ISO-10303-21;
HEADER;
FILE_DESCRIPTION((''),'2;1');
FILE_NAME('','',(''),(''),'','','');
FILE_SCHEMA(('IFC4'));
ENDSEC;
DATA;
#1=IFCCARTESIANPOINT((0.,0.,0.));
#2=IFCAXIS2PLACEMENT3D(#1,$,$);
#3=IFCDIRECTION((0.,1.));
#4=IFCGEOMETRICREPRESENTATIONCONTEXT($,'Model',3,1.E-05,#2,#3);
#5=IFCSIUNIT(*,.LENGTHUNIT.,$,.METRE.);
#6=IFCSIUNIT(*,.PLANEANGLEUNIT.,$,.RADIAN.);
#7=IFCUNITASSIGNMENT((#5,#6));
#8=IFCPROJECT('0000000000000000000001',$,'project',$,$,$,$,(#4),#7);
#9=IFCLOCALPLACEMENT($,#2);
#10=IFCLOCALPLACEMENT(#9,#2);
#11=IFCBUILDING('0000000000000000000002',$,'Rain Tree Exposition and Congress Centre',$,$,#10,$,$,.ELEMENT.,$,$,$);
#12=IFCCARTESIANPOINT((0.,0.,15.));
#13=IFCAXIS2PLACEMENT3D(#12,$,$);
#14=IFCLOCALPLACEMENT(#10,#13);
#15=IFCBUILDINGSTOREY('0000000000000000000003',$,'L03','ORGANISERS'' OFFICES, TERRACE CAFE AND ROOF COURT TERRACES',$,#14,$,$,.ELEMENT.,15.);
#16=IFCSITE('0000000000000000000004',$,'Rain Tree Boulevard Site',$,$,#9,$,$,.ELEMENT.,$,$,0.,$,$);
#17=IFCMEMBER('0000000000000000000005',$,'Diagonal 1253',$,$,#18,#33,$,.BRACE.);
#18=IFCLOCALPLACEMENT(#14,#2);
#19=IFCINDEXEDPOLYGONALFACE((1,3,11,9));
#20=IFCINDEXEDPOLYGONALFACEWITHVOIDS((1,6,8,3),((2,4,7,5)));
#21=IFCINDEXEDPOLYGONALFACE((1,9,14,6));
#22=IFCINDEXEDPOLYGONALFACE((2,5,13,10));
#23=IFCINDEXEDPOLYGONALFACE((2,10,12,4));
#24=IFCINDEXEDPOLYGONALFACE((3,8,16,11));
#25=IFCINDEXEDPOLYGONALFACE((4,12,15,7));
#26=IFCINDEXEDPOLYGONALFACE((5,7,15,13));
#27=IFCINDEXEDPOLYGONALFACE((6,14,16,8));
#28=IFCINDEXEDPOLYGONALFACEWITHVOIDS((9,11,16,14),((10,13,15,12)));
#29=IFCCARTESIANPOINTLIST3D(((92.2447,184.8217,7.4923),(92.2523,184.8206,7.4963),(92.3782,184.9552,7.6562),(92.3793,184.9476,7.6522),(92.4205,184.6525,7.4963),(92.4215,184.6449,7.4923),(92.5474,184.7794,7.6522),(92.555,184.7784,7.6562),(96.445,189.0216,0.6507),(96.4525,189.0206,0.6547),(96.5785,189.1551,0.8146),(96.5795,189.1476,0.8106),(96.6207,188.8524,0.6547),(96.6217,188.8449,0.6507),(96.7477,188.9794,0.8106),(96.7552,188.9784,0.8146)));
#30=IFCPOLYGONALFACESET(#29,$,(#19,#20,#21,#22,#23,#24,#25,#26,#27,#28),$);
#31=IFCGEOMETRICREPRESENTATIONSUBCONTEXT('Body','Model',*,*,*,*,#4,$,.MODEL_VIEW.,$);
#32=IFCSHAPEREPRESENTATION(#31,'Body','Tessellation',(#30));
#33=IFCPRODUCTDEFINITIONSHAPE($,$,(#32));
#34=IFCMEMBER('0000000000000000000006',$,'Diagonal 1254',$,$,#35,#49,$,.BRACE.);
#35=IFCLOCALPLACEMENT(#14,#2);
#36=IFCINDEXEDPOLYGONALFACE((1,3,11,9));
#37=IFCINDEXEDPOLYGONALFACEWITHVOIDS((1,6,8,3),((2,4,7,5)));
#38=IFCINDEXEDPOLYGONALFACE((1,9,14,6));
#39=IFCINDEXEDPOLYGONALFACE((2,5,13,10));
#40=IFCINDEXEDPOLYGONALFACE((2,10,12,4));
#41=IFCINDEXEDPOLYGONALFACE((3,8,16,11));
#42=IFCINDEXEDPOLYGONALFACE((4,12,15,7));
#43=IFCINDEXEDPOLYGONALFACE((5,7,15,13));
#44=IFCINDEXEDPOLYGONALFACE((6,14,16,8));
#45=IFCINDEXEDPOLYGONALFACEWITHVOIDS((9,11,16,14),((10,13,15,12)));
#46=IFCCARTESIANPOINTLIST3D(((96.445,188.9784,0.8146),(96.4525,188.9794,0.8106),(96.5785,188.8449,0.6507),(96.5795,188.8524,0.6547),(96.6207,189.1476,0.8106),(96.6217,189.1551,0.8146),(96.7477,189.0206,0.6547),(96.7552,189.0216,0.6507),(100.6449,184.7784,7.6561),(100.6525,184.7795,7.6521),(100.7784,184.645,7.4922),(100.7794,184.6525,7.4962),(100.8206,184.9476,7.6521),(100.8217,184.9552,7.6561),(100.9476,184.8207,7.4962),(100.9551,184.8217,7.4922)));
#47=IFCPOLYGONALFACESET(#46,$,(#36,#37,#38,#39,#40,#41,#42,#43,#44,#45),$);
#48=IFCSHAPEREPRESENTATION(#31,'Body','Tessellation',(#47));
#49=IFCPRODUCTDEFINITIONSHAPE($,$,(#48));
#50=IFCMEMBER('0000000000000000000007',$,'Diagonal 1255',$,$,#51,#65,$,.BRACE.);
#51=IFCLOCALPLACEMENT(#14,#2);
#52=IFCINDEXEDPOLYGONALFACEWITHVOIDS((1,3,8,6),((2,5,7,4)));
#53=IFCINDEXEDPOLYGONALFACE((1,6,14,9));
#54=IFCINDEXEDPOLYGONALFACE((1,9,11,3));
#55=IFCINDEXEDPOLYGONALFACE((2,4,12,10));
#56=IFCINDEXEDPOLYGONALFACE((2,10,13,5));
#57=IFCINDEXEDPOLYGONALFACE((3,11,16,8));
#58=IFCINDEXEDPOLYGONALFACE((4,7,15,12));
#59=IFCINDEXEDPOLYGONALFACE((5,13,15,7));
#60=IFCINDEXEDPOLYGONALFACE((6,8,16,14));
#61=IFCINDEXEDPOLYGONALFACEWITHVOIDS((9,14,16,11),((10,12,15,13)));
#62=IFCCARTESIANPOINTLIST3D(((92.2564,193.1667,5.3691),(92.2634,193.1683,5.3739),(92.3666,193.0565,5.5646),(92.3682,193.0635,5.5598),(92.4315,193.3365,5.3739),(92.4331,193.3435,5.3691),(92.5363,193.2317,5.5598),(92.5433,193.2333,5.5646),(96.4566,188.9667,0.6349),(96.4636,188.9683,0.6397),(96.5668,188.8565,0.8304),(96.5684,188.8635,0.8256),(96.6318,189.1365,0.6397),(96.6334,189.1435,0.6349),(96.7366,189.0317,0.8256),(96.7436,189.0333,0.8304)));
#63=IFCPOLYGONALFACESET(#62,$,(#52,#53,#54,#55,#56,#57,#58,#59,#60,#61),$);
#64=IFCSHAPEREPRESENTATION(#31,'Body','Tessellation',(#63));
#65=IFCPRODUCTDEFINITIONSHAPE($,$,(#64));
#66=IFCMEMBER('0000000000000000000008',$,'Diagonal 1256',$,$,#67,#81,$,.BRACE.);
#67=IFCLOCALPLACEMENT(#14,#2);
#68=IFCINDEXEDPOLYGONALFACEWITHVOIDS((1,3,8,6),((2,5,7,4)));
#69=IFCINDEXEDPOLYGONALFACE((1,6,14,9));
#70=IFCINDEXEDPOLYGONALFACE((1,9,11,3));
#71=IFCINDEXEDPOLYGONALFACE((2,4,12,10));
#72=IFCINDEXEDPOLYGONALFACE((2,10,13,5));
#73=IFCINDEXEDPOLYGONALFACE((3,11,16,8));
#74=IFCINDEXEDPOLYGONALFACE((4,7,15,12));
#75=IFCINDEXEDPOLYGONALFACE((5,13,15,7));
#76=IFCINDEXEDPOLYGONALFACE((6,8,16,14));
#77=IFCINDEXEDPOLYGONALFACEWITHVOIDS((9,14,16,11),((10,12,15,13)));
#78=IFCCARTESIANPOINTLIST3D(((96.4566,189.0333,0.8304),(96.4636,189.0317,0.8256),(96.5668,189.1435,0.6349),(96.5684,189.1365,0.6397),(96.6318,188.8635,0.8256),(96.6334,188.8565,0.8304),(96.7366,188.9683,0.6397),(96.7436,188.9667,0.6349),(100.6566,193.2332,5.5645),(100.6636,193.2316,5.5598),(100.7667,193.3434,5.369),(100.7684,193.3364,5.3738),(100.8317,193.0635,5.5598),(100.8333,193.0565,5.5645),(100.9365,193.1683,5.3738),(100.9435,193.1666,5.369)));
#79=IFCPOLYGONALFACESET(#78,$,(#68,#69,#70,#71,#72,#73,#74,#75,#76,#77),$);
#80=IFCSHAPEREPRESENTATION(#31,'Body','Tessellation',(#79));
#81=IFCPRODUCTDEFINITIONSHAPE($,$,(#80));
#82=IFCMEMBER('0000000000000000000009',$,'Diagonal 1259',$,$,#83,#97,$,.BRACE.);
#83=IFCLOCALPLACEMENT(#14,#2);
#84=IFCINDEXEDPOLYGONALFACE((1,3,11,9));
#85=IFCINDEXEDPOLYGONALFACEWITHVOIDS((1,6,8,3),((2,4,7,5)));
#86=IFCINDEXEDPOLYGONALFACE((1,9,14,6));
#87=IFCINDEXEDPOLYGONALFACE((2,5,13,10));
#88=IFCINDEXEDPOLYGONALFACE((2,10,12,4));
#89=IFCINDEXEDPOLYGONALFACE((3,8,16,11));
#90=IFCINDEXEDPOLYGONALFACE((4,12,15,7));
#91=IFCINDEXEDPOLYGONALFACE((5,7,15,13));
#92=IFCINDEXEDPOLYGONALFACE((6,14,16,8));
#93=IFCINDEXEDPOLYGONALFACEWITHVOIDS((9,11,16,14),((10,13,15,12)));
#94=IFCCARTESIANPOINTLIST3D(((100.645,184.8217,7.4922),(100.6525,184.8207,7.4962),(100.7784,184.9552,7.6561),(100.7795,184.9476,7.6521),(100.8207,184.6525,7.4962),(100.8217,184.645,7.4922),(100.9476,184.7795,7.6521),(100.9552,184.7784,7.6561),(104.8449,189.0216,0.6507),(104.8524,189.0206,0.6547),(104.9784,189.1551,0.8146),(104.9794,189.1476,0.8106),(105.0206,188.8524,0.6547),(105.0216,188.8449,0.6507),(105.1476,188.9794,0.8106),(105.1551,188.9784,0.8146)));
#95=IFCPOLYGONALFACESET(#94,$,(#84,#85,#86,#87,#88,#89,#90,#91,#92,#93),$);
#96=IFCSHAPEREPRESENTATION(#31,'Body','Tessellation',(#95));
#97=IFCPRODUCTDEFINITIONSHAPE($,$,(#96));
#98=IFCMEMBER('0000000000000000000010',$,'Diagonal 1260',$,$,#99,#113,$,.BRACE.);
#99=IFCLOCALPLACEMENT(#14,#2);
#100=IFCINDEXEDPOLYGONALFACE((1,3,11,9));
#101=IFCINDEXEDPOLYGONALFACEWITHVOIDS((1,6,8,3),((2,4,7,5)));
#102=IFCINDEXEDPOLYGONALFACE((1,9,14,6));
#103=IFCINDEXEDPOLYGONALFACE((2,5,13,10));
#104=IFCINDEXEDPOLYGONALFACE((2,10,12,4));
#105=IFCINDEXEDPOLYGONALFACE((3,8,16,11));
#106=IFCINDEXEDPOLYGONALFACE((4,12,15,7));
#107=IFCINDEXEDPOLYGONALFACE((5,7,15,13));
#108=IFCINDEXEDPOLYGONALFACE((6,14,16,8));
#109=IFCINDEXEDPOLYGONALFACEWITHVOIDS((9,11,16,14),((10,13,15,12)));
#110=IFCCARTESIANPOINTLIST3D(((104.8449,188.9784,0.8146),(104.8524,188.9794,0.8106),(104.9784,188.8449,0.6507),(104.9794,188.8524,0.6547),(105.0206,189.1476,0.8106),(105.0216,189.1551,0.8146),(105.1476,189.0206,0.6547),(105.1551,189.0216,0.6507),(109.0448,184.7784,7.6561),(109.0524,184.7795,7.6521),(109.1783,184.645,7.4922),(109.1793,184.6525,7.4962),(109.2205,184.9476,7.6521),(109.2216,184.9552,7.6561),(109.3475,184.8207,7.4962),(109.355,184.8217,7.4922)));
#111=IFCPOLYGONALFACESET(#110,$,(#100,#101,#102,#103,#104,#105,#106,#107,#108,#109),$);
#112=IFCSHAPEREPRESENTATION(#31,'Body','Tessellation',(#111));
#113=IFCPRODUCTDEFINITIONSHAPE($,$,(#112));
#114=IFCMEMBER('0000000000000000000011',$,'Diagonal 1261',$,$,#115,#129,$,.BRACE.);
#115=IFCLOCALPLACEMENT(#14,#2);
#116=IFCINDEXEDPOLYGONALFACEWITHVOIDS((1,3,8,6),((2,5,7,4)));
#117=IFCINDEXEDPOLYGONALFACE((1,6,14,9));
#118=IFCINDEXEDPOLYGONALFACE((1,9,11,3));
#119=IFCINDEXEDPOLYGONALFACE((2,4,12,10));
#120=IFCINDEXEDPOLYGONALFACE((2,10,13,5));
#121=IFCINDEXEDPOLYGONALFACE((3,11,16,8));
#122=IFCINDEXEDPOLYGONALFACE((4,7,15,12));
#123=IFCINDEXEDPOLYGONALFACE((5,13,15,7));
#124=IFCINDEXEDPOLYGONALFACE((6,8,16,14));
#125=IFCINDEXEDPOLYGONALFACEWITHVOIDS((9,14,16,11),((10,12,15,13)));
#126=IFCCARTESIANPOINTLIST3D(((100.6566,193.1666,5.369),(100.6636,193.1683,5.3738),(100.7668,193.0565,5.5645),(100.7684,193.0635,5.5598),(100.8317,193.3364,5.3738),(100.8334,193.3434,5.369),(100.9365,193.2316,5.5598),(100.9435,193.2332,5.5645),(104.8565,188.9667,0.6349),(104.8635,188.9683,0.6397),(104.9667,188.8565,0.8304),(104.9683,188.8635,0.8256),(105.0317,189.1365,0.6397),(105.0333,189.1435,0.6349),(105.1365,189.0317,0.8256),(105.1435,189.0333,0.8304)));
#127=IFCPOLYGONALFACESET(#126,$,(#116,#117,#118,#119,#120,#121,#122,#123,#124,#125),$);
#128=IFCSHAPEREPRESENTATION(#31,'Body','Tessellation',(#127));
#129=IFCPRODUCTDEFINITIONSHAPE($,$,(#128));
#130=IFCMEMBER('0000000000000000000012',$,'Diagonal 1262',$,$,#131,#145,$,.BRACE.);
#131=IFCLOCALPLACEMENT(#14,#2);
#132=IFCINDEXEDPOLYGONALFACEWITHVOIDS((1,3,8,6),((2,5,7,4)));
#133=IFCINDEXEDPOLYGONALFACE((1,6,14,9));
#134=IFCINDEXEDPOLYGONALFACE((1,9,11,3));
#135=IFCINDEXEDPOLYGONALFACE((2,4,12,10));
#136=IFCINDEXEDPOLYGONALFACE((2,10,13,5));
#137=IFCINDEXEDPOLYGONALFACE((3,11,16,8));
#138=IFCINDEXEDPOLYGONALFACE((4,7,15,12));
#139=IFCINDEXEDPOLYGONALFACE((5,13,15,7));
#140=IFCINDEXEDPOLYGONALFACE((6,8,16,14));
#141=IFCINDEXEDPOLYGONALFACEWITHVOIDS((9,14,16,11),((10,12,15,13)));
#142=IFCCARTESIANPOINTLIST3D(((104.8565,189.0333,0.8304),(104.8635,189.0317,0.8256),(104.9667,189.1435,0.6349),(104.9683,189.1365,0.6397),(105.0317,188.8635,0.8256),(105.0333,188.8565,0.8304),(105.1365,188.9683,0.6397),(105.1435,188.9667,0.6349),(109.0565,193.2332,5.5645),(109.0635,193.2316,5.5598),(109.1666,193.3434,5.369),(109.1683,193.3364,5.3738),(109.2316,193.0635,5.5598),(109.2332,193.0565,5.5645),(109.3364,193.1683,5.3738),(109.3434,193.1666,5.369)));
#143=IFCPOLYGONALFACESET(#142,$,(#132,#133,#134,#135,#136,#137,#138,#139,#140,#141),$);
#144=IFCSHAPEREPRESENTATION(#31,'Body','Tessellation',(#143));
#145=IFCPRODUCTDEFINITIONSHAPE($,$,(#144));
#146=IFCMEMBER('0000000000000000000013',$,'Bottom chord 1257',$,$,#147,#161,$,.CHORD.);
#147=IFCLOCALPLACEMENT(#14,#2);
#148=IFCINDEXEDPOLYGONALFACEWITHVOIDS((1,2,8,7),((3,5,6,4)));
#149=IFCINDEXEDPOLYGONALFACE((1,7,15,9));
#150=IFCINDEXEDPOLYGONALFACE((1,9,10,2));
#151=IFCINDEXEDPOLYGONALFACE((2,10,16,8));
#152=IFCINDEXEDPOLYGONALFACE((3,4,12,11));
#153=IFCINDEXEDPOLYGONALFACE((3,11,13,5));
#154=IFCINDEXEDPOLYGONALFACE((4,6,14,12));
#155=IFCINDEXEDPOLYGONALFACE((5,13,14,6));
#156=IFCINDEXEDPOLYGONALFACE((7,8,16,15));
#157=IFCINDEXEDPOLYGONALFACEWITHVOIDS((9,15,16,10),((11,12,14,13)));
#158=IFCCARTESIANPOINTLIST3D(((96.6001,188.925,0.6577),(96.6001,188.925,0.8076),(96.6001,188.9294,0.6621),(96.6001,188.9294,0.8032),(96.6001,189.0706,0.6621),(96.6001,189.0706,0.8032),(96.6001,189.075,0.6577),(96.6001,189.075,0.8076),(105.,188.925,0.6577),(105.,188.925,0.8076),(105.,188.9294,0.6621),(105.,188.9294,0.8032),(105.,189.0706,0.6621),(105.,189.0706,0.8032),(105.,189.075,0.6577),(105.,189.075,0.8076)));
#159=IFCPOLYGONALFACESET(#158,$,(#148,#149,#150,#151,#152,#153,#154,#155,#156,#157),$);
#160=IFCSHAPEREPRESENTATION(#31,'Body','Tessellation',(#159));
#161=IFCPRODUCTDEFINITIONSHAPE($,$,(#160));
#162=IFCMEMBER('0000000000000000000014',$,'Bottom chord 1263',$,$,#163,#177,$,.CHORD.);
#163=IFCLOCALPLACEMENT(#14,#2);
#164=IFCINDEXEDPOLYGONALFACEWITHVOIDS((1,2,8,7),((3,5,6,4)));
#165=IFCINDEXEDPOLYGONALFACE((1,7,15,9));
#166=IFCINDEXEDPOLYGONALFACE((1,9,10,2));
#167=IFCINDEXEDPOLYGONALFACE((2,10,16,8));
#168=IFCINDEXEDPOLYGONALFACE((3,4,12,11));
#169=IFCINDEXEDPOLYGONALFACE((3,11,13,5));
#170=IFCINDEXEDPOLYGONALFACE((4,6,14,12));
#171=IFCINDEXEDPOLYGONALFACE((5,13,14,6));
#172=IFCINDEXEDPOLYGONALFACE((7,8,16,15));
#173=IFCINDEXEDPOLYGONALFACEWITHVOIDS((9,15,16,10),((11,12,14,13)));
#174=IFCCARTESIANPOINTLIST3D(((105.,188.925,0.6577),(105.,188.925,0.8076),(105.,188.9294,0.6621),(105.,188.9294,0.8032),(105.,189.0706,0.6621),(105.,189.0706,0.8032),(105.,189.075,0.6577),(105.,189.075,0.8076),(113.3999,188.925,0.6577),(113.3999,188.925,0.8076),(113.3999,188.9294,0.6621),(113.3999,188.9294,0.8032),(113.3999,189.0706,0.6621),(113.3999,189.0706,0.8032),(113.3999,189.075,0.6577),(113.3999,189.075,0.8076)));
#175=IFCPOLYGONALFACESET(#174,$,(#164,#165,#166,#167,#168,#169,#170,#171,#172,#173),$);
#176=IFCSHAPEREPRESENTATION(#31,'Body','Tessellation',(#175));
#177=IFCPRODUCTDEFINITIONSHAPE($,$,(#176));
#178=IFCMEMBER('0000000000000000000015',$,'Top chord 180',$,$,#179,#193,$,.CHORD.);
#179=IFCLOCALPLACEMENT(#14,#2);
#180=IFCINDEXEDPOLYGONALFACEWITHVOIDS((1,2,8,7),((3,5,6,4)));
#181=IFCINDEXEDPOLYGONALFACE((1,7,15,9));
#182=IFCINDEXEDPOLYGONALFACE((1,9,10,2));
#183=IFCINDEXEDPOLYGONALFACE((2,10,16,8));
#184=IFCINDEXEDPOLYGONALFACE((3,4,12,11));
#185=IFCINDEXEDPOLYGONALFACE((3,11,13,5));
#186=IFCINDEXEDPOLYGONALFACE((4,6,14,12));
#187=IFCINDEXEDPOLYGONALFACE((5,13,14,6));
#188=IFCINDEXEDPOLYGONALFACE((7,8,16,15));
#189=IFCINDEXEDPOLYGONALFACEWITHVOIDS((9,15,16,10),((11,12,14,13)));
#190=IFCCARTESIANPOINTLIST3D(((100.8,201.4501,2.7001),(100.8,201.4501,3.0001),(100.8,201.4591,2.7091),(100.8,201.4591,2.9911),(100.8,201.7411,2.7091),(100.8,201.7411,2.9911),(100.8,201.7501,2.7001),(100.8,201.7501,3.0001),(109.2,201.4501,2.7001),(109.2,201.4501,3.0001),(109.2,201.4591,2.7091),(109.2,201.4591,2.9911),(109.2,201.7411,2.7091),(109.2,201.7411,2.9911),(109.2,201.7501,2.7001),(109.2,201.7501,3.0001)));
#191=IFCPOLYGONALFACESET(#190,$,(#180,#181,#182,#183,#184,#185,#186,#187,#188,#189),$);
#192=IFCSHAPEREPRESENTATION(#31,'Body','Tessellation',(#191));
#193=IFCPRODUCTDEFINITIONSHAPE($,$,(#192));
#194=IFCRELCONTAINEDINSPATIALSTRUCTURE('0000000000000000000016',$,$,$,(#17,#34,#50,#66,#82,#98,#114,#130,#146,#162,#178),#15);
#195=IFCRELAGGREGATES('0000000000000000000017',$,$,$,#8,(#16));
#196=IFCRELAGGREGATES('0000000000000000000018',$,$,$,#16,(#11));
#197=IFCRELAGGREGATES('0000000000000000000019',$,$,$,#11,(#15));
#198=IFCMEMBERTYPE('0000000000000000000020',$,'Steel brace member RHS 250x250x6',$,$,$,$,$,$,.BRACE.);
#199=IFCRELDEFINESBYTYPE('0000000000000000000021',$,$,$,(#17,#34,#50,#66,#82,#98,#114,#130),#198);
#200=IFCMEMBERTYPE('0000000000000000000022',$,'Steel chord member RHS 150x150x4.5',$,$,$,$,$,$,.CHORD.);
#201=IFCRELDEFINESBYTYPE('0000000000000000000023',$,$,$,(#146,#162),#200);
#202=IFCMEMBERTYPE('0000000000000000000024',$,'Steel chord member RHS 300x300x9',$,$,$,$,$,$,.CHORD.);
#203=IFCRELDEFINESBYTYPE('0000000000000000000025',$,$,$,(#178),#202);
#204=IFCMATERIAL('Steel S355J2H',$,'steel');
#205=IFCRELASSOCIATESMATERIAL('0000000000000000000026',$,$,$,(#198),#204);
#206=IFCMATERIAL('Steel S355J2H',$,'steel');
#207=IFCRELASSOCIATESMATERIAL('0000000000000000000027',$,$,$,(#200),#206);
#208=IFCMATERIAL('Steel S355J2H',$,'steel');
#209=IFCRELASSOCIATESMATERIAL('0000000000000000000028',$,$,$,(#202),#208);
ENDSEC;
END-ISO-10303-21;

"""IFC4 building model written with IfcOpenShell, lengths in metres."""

from ifc_helpers import new_model, si_unit, direction, frame, origin, origin_2d, place, context, subcontext, project, spatial, hollow_rectangle, extrude, material, material_profile, profile_set, type_object, element, save


model = new_model("IFC4")

# Units and contexts
model_context = context("Model", 3, precision=1e-05, world=origin(), true_north=direction((0.0, 1.0)))
body_context = subcontext(model_context, "Body", "Model", "MODEL_VIEW")
ifc_project = project(units=[si_unit("LENGTHUNIT", "METRE"), si_unit("PLANEANGLEUNIT", "RADIAN")], contexts=[model_context])

# Site, building, storey
site_placement = place(None, origin())
site = spatial("IfcSite", under=ifc_project, at=site_placement, Name="Rain Tree Boulevard Site", CompositionType="ELEMENT", RefElevation=0.0)
building_placement = place(site_placement, origin())
building = spatial("IfcBuilding", under=site, at=building_placement, Name="Rain Tree Exposition and Congress Centre", CompositionType="ELEMENT")
storey_placement = place(building_placement, frame((0.0, 0.0, 15.0)))
storey = spatial("IfcBuildingStorey", under=building, at=storey_placement, Name="L03", Description="ORGANISERS' OFFICES, TERRACE CAFE AND ROOF COURT TERRACES", CompositionType="ELEMENT", Elevation=15.0)

# Members
ifc_material_1 = material(Name="Steel S355J2H", Category="steel")
ifc_material_profile_1 = material_profile(ifc_material_1, hollow_rectangle(XDim=0.25, YDim=0.25, WallThickness=0.0061, at=origin_2d()), Name="RHS 250x250x6")
ifc_profile_set_1 = profile_set([ifc_material_profile_1], Name="Steel S355J2H")
member_type_1 = type_object("IfcMemberType", Name="Steel brace member RHS 250x250x6", PredefinedType="BRACE", material=ifc_profile_set_1)
member_1_placement = place(storey_placement, frame((96.6001, 189.0, 0.7327), z_axis=(-0.463585, -0.463558, 0.755118), x_axis=(0.707086, -0.707127, 0.0)))
element("IfcMember", 1, at=member_1_placement, inside=storey, type_object=member_type_1, Name="Diagonal 1253", PredefinedType="BRACE", context=body_context, shape_type="SweptSolid", body=[
    extrude(hollow_rectangle(XDim=0.25, YDim=0.25, WallThickness=0.0061, at=origin_2d()), origin(), (0.0, 0.0, 1.0), 9.0603),
])
member_2_placement = place(storey_placement, frame((96.6001, 189.0, 0.7327), z_axis=(0.463564, -0.463564, 0.755127), x_axis=(0.707107, 0.707107, 0.0)))
element("IfcMember", 2, at=member_2_placement, inside=storey, type_object=member_type_1, Name="Diagonal 1254", PredefinedType="BRACE", context=body_context, shape_type="SweptSolid", body=[
    extrude(hollow_rectangle(XDim=0.25, YDim=0.25, WallThickness=0.0061, at=origin_2d()), origin(), (0.0, 0.0, 1.0), 9.0601),
])
member_3_placement = place(storey_placement, frame((96.6001, 189.0, 0.7327), z_axis=(-0.552977, 0.552945, 0.623272), x_axis=(-0.707086, -0.707127, 0.0)))
element("IfcMember", 3, at=member_3_placement, inside=storey, type_object=member_type_1, Name="Diagonal 1255", PredefinedType="BRACE", context=body_context, shape_type="SweptSolid", body=[
    extrude(hollow_rectangle(XDim=0.25, YDim=0.25, WallThickness=0.0061, at=origin_2d()), origin(), (0.0, 0.0, 1.0), 7.5957),
])
member_4_placement = place(storey_placement, frame((96.6001, 189.0, 0.7327), z_axis=(0.552955, 0.552955, 0.623283), x_axis=(-0.707107, 0.707107, 0.0)))
element("IfcMember", 4, at=member_4_placement, inside=storey, type_object=member_type_1, Name="Diagonal 1256", PredefinedType="BRACE", context=body_context, shape_type="SweptSolid", body=[
    extrude(hollow_rectangle(XDim=0.25, YDim=0.25, WallThickness=0.0061, at=origin_2d()), origin(), (0.0, 0.0, 1.0), 7.5955),
])
for number, where, z_axis, x_axis, name in (
    (5, (105.0, 189.0, 0.7327), (-0.463564, -0.463564, 0.755127), (0.707107, -0.707107, 0.0), "Diagonal 1259"),
    (6, (105.0, 189.0, 0.7327), (0.463564, -0.463564, 0.755127), (0.707107, 0.707107, 0.0), "Diagonal 1260"),
):
    element("IfcMember", number, at=place(storey_placement, frame(where, z_axis=z_axis, x_axis=x_axis)), inside=storey, type_object=member_type_1, Name=name, PredefinedType="BRACE", context=body_context, shape_type="SweptSolid", body=[
        extrude(hollow_rectangle(XDim=0.25, YDim=0.25, WallThickness=0.0061, at=origin_2d()), origin(), (0.0, 0.0, 1.0), 9.0601),
    ])
for number, where, z_axis, x_axis, name in (
    (7, (105.0, 189.0, 0.7327), (-0.552955, 0.552955, 0.623283), (-0.707107, -0.707107, 0.0), "Diagonal 1261"),
    (8, (105.0, 189.0, 0.7327), (0.552955, 0.552955, 0.623283), (-0.707107, 0.707107, 0.0), "Diagonal 1262"),
):
    element("IfcMember", number, at=place(storey_placement, frame(where, z_axis=z_axis, x_axis=x_axis)), inside=storey, type_object=member_type_1, Name=name, PredefinedType="BRACE", context=body_context, shape_type="SweptSolid", body=[
        extrude(hollow_rectangle(XDim=0.25, YDim=0.25, WallThickness=0.0061, at=origin_2d()), origin(), (0.0, 0.0, 1.0), 7.5955),
    ])
ifc_material_2 = material(Name="Steel S355J2H", Category="steel")
ifc_material_profile_2 = material_profile(ifc_material_2, hollow_rectangle(XDim=0.1499, YDim=0.1499, WallThickness=0.0044, at=origin_2d()), Name="RHS 150x150x4.5")
ifc_profile_set_2 = profile_set([ifc_material_profile_2], Name="Steel S355J2H")
member_type_2 = type_object("IfcMemberType", Name="Steel chord member RHS 150x150x4.5", PredefinedType="CHORD", material=ifc_profile_set_2)
for number, where, z_axis, x_axis, name in (
    (9, (96.6001, 189.0, 0.7327), (1.0, 0.0, 0.0), (0.0, 1.0, 0.0), "Bottom chord 1257"),
    (10, (105.0, 189.0, 0.7327), (1.0, 0.0, 0.0), (0.0, 1.0, 0.0), "Bottom chord 1263"),
):
    element("IfcMember", number, at=place(storey_placement, frame(where, z_axis=z_axis, x_axis=x_axis)), inside=storey, type_object=member_type_2, Name=name, PredefinedType="CHORD", context=body_context, shape_type="SweptSolid", body=[
        extrude(hollow_rectangle(XDim=0.1499, YDim=0.1499, WallThickness=0.0044, at=origin_2d()), origin(), (0.0, 0.0, 1.0), 8.3999),
    ])
ifc_material_3 = material(Name="Steel S355J2H", Category="steel")
ifc_material_profile_3 = material_profile(ifc_material_3, hollow_rectangle(XDim=0.3, YDim=0.3, WallThickness=0.009, at=origin_2d()), Name="RHS 300x300x9")
ifc_profile_set_3 = profile_set([ifc_material_profile_3], Name="Steel S355J2H")
member_type_3 = type_object("IfcMemberType", Name="Steel chord member RHS 300x300x9", PredefinedType="CHORD", material=ifc_profile_set_3)
member_5_placement = place(storey_placement, frame((100.8, 201.6001, 2.8501), z_axis=(1.0, 0.0, 0.0), x_axis=(0.0, 1.0, 0.0)))
element("IfcMember", 11, at=member_5_placement, inside=storey, type_object=member_type_3, Name="Top chord 180", PredefinedType="CHORD", context=body_context, shape_type="SweptSolid", body=[
    extrude(hollow_rectangle(XDim=0.3, YDim=0.3, WallThickness=0.009, at=origin_2d()), origin(), (0.0, 0.0, 1.0), 8.3999),
])

save(model, "model.ifc")
